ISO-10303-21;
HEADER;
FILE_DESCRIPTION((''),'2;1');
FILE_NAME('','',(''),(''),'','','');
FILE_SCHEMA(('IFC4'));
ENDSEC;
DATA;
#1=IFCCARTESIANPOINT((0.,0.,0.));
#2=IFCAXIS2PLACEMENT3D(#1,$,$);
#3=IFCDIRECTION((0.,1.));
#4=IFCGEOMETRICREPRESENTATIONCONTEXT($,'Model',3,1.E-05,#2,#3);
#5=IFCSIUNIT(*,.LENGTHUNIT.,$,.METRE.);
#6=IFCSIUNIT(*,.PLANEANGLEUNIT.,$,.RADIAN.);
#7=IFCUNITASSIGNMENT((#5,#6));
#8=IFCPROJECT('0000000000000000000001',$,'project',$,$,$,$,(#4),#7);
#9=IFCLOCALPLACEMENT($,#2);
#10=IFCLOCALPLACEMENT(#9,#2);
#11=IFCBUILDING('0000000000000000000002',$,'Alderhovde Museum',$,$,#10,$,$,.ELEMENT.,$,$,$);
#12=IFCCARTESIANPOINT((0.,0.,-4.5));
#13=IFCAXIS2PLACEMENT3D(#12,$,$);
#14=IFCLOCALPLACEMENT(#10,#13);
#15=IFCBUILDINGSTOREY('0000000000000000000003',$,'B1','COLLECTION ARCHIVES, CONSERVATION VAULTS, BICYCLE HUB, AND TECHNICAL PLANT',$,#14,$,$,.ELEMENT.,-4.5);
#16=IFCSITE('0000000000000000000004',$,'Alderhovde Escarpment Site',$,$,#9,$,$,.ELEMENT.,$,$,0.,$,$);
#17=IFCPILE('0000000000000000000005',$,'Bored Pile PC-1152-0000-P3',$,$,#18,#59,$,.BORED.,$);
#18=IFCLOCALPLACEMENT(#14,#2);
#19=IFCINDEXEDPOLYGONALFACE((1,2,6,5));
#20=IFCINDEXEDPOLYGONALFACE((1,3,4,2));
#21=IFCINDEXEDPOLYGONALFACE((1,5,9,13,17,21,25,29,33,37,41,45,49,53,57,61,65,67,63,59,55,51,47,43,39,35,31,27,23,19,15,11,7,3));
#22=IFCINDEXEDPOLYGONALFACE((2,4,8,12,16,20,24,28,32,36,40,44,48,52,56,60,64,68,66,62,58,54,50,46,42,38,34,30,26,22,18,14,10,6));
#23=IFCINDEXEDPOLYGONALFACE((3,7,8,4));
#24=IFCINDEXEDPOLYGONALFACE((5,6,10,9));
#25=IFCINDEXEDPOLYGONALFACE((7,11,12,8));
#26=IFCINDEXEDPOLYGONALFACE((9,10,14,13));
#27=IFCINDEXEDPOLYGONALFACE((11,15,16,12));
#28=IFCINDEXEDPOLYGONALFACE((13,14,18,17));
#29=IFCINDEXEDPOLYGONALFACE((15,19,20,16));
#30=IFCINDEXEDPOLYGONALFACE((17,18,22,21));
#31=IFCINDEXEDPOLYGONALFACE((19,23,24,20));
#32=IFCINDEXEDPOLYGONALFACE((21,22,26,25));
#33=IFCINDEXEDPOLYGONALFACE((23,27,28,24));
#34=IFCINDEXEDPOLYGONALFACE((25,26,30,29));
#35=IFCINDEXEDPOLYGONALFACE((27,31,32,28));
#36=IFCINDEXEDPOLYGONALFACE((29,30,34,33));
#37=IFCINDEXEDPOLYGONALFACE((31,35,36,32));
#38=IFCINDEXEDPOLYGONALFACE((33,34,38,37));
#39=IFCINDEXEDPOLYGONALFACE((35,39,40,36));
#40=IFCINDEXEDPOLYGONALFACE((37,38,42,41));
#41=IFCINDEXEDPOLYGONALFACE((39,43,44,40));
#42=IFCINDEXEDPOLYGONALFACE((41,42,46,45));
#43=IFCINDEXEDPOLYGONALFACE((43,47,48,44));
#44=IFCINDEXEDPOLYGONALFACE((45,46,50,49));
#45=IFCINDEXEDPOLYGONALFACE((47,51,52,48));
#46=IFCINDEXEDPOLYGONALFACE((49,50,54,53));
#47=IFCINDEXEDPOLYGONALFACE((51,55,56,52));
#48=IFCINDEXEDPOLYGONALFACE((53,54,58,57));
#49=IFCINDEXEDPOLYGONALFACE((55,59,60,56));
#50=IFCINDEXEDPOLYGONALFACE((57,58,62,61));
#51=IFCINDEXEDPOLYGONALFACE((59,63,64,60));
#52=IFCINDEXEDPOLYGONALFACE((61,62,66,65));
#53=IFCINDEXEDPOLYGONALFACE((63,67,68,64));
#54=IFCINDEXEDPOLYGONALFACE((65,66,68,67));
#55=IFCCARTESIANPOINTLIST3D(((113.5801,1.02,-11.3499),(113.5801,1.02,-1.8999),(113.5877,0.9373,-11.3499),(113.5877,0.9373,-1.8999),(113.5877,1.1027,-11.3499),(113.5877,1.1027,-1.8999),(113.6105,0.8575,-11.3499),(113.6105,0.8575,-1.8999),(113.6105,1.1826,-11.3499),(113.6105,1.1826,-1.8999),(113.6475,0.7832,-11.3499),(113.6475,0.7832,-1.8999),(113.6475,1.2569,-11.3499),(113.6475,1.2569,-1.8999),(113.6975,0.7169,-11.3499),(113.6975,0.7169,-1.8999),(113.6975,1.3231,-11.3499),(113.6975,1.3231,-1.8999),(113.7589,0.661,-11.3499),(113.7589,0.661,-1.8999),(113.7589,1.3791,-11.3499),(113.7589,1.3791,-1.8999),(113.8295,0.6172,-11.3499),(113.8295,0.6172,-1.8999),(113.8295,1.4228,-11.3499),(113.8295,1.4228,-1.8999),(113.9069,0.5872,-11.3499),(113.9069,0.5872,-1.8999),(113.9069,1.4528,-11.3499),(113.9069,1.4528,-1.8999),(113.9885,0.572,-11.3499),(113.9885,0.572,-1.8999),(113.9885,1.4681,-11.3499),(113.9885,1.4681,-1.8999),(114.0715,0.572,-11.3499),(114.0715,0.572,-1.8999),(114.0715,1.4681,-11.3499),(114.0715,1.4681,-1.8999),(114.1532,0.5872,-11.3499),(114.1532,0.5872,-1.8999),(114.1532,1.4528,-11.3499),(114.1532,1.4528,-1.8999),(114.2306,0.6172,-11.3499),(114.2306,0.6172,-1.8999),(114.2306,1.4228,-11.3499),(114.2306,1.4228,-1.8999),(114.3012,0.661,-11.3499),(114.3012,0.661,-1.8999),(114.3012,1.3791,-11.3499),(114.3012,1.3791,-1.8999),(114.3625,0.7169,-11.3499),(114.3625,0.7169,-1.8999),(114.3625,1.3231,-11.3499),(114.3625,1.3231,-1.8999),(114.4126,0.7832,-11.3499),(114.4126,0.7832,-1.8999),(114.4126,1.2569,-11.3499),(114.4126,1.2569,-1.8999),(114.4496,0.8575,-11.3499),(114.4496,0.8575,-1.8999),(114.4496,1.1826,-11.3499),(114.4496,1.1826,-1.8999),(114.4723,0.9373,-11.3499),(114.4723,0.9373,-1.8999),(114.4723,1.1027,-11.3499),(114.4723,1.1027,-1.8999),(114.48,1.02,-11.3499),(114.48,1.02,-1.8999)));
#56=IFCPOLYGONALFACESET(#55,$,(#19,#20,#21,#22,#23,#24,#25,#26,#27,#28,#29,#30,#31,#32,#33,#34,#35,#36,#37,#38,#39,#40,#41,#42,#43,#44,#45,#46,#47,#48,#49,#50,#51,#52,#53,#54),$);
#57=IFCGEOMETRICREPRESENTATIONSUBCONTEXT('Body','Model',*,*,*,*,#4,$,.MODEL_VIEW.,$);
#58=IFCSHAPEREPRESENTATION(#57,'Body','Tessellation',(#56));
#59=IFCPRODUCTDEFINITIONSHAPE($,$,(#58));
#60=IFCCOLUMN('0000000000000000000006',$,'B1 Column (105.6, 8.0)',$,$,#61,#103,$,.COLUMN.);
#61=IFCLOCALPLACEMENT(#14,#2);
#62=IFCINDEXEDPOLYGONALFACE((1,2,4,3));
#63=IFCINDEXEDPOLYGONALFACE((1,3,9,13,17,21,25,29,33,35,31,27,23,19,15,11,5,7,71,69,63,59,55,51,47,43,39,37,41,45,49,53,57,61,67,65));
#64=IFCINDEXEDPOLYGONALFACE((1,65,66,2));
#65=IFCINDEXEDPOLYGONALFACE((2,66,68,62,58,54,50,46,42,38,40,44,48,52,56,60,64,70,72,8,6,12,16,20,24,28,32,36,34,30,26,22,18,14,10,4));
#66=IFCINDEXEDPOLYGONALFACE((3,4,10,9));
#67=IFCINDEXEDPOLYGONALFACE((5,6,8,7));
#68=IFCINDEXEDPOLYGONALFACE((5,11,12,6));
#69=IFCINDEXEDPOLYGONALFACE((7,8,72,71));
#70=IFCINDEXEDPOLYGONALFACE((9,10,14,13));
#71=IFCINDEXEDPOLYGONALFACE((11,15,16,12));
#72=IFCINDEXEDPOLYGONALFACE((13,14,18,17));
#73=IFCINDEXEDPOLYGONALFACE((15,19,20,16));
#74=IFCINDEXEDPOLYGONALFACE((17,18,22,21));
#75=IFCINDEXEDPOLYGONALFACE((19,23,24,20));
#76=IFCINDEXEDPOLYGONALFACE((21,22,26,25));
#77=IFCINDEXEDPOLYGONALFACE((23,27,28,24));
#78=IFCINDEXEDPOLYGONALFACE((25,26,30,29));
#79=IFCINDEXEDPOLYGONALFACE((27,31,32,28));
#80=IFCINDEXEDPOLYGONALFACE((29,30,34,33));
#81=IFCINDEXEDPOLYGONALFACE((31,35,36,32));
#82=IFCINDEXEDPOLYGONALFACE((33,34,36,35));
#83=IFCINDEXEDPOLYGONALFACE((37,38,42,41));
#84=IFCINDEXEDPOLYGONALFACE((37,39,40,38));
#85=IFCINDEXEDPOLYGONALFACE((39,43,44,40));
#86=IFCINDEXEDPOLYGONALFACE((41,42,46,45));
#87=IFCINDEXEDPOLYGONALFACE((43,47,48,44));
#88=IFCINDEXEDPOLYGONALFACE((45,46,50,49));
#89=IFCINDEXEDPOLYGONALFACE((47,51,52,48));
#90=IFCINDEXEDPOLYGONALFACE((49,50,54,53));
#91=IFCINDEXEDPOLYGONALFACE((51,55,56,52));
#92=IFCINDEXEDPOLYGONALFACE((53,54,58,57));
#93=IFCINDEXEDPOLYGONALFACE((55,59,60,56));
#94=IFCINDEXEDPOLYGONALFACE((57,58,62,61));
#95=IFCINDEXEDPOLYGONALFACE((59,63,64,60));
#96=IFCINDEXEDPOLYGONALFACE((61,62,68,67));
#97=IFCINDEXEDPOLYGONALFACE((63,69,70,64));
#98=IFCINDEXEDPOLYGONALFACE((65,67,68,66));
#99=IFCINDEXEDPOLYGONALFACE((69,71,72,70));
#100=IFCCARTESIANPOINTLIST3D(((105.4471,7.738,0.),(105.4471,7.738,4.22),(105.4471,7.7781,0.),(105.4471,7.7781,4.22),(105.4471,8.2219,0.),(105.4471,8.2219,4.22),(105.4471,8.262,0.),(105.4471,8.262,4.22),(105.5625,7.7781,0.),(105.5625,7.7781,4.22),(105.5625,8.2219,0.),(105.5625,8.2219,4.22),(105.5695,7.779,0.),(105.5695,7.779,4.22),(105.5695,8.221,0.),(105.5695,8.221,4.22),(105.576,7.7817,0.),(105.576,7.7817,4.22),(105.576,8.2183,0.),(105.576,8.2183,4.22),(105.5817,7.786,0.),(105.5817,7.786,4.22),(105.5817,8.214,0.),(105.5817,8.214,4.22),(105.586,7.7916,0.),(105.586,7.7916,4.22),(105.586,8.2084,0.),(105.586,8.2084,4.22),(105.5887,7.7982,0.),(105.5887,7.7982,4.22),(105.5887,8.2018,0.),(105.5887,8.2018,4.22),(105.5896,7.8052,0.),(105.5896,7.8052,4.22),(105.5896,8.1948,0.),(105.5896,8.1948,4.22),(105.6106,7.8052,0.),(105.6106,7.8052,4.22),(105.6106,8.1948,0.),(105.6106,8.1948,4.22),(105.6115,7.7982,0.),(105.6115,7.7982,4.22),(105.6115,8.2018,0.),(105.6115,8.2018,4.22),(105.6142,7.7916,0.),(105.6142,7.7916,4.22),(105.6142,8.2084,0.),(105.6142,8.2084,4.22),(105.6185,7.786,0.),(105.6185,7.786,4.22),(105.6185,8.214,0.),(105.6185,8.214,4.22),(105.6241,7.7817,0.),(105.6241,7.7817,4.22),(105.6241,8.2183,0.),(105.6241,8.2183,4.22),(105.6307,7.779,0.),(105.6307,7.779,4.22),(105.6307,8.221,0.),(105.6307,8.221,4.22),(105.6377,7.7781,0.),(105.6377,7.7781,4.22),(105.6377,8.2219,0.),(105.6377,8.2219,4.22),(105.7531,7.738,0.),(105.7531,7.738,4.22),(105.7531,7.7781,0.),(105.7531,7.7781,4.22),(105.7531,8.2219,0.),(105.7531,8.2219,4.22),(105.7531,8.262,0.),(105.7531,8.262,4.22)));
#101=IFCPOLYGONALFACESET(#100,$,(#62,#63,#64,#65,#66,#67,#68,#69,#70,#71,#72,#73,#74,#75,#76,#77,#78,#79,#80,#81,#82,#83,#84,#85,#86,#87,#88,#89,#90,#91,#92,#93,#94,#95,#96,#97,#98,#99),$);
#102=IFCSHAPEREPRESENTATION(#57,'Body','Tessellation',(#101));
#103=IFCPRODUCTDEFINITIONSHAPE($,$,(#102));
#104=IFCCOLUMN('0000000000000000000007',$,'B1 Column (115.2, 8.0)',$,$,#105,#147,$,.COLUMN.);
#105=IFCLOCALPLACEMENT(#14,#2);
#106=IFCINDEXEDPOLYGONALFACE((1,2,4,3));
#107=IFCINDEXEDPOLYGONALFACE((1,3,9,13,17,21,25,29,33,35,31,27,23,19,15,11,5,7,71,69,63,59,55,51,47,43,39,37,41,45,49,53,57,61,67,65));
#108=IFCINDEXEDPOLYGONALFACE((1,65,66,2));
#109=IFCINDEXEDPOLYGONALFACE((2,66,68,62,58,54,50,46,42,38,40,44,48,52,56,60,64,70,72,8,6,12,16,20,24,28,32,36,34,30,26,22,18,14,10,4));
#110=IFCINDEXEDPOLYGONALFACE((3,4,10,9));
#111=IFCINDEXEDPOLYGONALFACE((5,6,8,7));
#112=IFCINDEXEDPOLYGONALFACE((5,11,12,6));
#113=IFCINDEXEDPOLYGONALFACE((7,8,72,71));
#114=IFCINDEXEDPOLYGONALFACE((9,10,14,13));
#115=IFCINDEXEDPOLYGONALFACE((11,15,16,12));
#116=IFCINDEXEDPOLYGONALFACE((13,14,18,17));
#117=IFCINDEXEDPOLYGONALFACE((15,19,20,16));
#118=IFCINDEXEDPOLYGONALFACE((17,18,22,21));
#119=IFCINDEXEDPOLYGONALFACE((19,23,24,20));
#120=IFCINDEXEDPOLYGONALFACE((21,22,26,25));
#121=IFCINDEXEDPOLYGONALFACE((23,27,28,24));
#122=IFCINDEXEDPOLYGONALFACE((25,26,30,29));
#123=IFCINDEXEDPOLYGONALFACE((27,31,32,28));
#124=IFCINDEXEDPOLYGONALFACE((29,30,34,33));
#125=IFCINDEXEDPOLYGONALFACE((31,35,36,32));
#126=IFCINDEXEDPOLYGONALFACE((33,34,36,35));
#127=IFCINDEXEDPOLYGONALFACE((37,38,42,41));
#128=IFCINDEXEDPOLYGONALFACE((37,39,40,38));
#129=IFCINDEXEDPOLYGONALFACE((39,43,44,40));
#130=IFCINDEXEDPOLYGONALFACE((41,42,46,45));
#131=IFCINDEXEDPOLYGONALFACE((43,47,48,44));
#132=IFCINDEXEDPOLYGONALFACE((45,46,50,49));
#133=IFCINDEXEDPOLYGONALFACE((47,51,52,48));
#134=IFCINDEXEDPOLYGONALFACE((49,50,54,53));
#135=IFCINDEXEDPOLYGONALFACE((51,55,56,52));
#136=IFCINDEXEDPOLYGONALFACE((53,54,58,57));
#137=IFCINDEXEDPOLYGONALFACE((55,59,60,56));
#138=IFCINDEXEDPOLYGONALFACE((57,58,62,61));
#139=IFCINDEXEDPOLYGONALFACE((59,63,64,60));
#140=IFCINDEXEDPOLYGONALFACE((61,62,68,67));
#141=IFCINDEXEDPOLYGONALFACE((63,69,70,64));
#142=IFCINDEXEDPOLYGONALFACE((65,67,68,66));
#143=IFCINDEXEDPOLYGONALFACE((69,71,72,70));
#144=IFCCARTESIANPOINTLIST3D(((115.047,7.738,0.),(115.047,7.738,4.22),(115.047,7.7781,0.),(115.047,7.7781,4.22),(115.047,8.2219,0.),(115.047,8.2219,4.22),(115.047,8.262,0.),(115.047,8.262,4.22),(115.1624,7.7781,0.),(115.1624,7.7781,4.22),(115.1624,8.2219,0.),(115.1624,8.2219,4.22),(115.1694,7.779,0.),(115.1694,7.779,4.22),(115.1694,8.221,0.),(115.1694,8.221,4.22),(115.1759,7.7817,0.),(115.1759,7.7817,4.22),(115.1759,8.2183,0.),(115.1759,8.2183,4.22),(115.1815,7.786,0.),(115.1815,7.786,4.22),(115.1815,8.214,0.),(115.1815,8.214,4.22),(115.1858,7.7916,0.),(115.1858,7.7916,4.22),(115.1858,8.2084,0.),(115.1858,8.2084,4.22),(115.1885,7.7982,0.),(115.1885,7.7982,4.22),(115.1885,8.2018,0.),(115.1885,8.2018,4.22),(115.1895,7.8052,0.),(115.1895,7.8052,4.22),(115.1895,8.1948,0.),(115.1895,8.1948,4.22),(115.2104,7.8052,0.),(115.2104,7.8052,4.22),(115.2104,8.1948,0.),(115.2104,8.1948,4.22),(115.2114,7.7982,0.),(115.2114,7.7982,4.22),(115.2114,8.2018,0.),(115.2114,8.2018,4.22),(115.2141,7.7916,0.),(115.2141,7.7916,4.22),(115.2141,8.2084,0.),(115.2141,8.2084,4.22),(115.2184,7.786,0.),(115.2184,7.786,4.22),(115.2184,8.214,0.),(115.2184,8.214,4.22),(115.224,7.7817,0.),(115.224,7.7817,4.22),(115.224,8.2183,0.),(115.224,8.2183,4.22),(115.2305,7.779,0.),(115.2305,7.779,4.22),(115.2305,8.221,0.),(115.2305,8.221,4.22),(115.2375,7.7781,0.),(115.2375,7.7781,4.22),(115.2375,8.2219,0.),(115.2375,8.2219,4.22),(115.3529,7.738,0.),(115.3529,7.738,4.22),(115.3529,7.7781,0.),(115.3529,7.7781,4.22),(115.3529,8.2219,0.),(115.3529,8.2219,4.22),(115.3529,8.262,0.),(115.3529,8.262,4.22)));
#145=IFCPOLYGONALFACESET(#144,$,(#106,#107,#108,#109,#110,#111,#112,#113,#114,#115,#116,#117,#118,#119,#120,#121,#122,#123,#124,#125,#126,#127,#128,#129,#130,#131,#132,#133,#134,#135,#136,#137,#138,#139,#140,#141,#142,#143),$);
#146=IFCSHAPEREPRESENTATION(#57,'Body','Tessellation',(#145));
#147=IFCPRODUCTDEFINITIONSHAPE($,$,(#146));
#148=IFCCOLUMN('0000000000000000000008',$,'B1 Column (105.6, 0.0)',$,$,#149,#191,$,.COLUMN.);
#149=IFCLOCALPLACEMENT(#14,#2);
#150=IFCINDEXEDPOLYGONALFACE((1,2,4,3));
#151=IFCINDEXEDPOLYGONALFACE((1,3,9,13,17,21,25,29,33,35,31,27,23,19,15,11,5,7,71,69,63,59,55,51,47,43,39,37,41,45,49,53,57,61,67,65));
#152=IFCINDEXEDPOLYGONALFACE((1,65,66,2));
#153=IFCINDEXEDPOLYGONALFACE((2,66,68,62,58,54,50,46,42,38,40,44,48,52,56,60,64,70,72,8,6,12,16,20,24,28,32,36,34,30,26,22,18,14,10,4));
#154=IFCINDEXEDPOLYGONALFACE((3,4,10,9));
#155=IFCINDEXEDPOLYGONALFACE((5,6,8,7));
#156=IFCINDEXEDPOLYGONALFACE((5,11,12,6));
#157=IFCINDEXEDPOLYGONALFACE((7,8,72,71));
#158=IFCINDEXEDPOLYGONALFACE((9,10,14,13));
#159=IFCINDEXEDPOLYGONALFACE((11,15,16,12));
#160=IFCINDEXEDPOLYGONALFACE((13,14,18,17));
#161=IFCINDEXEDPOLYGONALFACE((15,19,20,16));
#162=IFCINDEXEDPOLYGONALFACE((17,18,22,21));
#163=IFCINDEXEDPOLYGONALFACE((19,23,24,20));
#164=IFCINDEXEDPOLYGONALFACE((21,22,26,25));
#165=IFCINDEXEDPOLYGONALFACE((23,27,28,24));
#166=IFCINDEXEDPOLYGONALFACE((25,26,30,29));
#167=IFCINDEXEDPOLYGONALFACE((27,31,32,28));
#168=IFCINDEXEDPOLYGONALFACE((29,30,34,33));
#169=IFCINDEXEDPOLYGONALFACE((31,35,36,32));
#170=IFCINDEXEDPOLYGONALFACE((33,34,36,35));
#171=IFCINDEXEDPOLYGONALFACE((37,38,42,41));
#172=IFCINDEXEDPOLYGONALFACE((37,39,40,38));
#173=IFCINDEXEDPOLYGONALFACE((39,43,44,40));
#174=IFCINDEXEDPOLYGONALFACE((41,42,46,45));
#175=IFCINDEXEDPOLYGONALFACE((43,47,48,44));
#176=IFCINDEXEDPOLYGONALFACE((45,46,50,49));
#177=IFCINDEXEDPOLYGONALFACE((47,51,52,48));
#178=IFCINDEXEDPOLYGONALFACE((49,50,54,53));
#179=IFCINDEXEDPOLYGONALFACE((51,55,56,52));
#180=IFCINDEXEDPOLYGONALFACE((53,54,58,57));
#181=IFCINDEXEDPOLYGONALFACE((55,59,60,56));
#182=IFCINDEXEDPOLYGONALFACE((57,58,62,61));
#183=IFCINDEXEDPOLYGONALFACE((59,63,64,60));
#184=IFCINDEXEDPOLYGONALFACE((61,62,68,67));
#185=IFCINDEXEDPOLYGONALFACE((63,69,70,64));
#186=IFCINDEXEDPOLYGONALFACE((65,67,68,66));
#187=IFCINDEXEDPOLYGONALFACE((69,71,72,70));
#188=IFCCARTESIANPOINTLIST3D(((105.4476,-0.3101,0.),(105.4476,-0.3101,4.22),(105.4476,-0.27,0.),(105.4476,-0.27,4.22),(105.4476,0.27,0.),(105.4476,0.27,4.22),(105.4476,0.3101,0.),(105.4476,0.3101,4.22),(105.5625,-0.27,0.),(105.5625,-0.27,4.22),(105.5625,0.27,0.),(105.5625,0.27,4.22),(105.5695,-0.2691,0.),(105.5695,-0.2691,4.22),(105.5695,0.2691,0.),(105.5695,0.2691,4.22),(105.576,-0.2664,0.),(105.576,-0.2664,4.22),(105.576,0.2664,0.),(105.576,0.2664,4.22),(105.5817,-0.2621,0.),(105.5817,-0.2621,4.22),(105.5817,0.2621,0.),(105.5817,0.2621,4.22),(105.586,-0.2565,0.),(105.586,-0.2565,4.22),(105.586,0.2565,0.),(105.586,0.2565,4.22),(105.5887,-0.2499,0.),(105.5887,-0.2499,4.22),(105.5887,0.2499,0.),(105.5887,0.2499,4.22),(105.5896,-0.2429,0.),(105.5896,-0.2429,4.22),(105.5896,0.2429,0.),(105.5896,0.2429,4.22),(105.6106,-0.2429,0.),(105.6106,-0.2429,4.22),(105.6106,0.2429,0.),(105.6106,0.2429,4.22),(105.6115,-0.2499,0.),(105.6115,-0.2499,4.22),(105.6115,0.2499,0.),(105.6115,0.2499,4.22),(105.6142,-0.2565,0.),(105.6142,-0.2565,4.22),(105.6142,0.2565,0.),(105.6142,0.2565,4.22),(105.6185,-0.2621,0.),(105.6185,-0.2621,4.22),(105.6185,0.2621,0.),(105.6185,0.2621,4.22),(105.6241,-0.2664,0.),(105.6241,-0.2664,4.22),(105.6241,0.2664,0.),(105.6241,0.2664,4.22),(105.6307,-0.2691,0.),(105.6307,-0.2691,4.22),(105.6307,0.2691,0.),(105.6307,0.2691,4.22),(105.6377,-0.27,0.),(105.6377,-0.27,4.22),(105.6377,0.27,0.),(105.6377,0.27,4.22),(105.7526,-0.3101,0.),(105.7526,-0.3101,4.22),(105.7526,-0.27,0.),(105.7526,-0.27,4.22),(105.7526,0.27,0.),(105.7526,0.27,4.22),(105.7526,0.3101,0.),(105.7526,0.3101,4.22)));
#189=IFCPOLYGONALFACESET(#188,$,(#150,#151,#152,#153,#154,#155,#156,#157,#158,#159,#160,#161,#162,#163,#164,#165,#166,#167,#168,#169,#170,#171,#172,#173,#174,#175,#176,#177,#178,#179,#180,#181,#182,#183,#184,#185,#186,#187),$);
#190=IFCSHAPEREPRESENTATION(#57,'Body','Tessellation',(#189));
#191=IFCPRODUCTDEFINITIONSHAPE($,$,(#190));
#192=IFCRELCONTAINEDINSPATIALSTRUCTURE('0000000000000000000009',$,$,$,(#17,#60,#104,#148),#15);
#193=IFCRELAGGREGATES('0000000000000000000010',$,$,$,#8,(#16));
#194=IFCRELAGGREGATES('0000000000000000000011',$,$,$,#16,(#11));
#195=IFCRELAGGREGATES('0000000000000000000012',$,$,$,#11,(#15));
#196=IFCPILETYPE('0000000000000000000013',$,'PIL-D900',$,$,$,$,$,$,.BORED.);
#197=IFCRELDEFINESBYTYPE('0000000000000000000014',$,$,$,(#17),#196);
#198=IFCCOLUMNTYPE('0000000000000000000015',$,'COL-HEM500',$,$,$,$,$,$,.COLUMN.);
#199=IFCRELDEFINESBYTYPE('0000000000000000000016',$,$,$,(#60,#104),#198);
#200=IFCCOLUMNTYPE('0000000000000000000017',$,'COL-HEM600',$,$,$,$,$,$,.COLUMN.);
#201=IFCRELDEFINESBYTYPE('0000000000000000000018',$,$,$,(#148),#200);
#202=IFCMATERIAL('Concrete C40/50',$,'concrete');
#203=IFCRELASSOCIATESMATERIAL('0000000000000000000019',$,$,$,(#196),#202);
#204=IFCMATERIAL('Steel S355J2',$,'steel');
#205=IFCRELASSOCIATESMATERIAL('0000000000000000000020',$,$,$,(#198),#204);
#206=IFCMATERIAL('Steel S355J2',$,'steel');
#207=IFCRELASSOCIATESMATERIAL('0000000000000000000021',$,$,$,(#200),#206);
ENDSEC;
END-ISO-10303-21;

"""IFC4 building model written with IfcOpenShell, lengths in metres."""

from ifc_helpers import new_model, si_unit, direction, frame, origin, origin_2d, place, context, subcontext, project, spatial, circle, i_section, extrude, material, material_profile, profile_set, type_object, element, save


model = new_model("IFC4")

# Units and contexts
model_context = context("Model", 3, precision=1e-05, world=origin(), true_north=direction((0.0, 1.0)))
body_context = subcontext(model_context, "Body", "Model", "MODEL_VIEW")
ifc_project = project(units=[si_unit("LENGTHUNIT", "METRE"), si_unit("PLANEANGLEUNIT", "RADIAN")], contexts=[model_context])

# Site, building, storey
site_placement = place(None, origin())
site = spatial("IfcSite", under=ifc_project, at=site_placement, Name="Alderhovde Escarpment Site", CompositionType="ELEMENT", RefElevation=0.0)
building_placement = place(site_placement, origin())
building = spatial("IfcBuilding", under=site, at=building_placement, Name="Alderhovde Museum", CompositionType="ELEMENT")
storey_placement = place(building_placement, frame((0.0, 0.0, -4.5)))
storey = spatial("IfcBuildingStorey", under=building, at=storey_placement, Name="B1", Description="COLLECTION ARCHIVES, CONSERVATION VAULTS, BICYCLE HUB, AND TECHNICAL PLANT", CompositionType="ELEMENT", Elevation=-4.5)

# Pile
ifc_material_1 = material(Name="Concrete C40/50", Category="concrete")
ifc_material_profile_1 = material_profile(ifc_material_1, circle(Radius=0.45, at=origin_2d()), Name="PILE-D900")
ifc_profile_set_1 = profile_set([ifc_material_profile_1], Name="Concrete C40/50")
pile_type_1 = type_object("IfcPileType", Name="PIL-D900", PredefinedType="BORED", material=ifc_profile_set_1)
for number, where, z_axis, x_axis, name in (
    (1, (114.03, 1.02, -1.8999), (0.0, 0.0, -1.0), (1.0, 0.0, 0.0), "Bored Pile PC-1152-0000-P3"),
):
    element("IfcPile", number, at=place(storey_placement, frame(where, z_axis=z_axis, x_axis=x_axis)), inside=storey, type_object=pile_type_1, Name=name, PredefinedType="BORED", context=body_context, shape_type="SweptSolid", body=[
        extrude(circle(Radius=0.45, at=origin_2d()), origin(), (0.0, 0.0, 1.0), 9.45),
    ])

# Columns
ifc_material_2 = material(Name="Steel S355J2", Category="steel")
ifc_material_profile_2 = material_profile(ifc_material_2, i_section(OverallWidth=0.3059, OverallDepth=0.5239, WebThickness=0.021, FlangeThickness=0.04, FilletRadius=0.0271, at=origin_2d()), Name="HEM 500")
ifc_profile_set_2 = profile_set([ifc_material_profile_2], Name="Steel S355J2")
column_type_1 = type_object("IfcColumnType", Name="COL-HEM500", PredefinedType="COLUMN", material=ifc_profile_set_2)
for number, where, z_axis, x_axis, name in (
    (2, (105.6001, 8.0, 0.0), (0.0, 0.0, 1.0), (1.0, 0.0, 0.0), "B1 Column (105.6, 8.0)"),
    (3, (115.2, 8.0, 0.0), (0.0, 0.0, 1.0), (1.0, 0.0, 0.0), "B1 Column (115.2, 8.0)"),
):
    element("IfcColumn", number, at=place(storey_placement, frame(where, z_axis=z_axis, x_axis=x_axis)), inside=storey, type_object=column_type_1, Name=name, PredefinedType="COLUMN", context=body_context, shape_type="SweptSolid", body=[
        extrude(i_section(OverallWidth=0.3059, OverallDepth=0.5239, WebThickness=0.021, FlangeThickness=0.04, FilletRadius=0.0271, at=origin_2d()), origin(), (0.0, 0.0, 1.0), 4.22),
    ])
ifc_material_3 = material(Name="Steel S355J2", Category="steel")
ifc_material_profile_3 = material_profile(ifc_material_3, i_section(OverallWidth=0.3049, OverallDepth=0.6201, WebThickness=0.021, FlangeThickness=0.04, FilletRadius=0.0271, at=origin_2d()), Name="HEM 600")
ifc_profile_set_3 = profile_set([ifc_material_profile_3], Name="Steel S355J2")
column_type_2 = type_object("IfcColumnType", Name="COL-HEM600", PredefinedType="COLUMN", material=ifc_profile_set_3)
for number, where, z_axis, x_axis, name in (
    (4, (105.6001, 0.0, 0.0), (0.0, 0.0, 1.0), (1.0, 0.0, 0.0), "B1 Column (105.6, 0.0)"),
):
    element("IfcColumn", number, at=place(storey_placement, frame(where, z_axis=z_axis, x_axis=x_axis)), inside=storey, type_object=column_type_2, Name=name, PredefinedType="COLUMN", context=body_context, shape_type="SweptSolid", body=[
        extrude(i_section(OverallWidth=0.3049, OverallDepth=0.6201, WebThickness=0.021, FlangeThickness=0.04, FilletRadius=0.0271, at=origin_2d()), origin(), (0.0, 0.0, 1.0), 4.22),
    ])

save(model, "model.ifc")
